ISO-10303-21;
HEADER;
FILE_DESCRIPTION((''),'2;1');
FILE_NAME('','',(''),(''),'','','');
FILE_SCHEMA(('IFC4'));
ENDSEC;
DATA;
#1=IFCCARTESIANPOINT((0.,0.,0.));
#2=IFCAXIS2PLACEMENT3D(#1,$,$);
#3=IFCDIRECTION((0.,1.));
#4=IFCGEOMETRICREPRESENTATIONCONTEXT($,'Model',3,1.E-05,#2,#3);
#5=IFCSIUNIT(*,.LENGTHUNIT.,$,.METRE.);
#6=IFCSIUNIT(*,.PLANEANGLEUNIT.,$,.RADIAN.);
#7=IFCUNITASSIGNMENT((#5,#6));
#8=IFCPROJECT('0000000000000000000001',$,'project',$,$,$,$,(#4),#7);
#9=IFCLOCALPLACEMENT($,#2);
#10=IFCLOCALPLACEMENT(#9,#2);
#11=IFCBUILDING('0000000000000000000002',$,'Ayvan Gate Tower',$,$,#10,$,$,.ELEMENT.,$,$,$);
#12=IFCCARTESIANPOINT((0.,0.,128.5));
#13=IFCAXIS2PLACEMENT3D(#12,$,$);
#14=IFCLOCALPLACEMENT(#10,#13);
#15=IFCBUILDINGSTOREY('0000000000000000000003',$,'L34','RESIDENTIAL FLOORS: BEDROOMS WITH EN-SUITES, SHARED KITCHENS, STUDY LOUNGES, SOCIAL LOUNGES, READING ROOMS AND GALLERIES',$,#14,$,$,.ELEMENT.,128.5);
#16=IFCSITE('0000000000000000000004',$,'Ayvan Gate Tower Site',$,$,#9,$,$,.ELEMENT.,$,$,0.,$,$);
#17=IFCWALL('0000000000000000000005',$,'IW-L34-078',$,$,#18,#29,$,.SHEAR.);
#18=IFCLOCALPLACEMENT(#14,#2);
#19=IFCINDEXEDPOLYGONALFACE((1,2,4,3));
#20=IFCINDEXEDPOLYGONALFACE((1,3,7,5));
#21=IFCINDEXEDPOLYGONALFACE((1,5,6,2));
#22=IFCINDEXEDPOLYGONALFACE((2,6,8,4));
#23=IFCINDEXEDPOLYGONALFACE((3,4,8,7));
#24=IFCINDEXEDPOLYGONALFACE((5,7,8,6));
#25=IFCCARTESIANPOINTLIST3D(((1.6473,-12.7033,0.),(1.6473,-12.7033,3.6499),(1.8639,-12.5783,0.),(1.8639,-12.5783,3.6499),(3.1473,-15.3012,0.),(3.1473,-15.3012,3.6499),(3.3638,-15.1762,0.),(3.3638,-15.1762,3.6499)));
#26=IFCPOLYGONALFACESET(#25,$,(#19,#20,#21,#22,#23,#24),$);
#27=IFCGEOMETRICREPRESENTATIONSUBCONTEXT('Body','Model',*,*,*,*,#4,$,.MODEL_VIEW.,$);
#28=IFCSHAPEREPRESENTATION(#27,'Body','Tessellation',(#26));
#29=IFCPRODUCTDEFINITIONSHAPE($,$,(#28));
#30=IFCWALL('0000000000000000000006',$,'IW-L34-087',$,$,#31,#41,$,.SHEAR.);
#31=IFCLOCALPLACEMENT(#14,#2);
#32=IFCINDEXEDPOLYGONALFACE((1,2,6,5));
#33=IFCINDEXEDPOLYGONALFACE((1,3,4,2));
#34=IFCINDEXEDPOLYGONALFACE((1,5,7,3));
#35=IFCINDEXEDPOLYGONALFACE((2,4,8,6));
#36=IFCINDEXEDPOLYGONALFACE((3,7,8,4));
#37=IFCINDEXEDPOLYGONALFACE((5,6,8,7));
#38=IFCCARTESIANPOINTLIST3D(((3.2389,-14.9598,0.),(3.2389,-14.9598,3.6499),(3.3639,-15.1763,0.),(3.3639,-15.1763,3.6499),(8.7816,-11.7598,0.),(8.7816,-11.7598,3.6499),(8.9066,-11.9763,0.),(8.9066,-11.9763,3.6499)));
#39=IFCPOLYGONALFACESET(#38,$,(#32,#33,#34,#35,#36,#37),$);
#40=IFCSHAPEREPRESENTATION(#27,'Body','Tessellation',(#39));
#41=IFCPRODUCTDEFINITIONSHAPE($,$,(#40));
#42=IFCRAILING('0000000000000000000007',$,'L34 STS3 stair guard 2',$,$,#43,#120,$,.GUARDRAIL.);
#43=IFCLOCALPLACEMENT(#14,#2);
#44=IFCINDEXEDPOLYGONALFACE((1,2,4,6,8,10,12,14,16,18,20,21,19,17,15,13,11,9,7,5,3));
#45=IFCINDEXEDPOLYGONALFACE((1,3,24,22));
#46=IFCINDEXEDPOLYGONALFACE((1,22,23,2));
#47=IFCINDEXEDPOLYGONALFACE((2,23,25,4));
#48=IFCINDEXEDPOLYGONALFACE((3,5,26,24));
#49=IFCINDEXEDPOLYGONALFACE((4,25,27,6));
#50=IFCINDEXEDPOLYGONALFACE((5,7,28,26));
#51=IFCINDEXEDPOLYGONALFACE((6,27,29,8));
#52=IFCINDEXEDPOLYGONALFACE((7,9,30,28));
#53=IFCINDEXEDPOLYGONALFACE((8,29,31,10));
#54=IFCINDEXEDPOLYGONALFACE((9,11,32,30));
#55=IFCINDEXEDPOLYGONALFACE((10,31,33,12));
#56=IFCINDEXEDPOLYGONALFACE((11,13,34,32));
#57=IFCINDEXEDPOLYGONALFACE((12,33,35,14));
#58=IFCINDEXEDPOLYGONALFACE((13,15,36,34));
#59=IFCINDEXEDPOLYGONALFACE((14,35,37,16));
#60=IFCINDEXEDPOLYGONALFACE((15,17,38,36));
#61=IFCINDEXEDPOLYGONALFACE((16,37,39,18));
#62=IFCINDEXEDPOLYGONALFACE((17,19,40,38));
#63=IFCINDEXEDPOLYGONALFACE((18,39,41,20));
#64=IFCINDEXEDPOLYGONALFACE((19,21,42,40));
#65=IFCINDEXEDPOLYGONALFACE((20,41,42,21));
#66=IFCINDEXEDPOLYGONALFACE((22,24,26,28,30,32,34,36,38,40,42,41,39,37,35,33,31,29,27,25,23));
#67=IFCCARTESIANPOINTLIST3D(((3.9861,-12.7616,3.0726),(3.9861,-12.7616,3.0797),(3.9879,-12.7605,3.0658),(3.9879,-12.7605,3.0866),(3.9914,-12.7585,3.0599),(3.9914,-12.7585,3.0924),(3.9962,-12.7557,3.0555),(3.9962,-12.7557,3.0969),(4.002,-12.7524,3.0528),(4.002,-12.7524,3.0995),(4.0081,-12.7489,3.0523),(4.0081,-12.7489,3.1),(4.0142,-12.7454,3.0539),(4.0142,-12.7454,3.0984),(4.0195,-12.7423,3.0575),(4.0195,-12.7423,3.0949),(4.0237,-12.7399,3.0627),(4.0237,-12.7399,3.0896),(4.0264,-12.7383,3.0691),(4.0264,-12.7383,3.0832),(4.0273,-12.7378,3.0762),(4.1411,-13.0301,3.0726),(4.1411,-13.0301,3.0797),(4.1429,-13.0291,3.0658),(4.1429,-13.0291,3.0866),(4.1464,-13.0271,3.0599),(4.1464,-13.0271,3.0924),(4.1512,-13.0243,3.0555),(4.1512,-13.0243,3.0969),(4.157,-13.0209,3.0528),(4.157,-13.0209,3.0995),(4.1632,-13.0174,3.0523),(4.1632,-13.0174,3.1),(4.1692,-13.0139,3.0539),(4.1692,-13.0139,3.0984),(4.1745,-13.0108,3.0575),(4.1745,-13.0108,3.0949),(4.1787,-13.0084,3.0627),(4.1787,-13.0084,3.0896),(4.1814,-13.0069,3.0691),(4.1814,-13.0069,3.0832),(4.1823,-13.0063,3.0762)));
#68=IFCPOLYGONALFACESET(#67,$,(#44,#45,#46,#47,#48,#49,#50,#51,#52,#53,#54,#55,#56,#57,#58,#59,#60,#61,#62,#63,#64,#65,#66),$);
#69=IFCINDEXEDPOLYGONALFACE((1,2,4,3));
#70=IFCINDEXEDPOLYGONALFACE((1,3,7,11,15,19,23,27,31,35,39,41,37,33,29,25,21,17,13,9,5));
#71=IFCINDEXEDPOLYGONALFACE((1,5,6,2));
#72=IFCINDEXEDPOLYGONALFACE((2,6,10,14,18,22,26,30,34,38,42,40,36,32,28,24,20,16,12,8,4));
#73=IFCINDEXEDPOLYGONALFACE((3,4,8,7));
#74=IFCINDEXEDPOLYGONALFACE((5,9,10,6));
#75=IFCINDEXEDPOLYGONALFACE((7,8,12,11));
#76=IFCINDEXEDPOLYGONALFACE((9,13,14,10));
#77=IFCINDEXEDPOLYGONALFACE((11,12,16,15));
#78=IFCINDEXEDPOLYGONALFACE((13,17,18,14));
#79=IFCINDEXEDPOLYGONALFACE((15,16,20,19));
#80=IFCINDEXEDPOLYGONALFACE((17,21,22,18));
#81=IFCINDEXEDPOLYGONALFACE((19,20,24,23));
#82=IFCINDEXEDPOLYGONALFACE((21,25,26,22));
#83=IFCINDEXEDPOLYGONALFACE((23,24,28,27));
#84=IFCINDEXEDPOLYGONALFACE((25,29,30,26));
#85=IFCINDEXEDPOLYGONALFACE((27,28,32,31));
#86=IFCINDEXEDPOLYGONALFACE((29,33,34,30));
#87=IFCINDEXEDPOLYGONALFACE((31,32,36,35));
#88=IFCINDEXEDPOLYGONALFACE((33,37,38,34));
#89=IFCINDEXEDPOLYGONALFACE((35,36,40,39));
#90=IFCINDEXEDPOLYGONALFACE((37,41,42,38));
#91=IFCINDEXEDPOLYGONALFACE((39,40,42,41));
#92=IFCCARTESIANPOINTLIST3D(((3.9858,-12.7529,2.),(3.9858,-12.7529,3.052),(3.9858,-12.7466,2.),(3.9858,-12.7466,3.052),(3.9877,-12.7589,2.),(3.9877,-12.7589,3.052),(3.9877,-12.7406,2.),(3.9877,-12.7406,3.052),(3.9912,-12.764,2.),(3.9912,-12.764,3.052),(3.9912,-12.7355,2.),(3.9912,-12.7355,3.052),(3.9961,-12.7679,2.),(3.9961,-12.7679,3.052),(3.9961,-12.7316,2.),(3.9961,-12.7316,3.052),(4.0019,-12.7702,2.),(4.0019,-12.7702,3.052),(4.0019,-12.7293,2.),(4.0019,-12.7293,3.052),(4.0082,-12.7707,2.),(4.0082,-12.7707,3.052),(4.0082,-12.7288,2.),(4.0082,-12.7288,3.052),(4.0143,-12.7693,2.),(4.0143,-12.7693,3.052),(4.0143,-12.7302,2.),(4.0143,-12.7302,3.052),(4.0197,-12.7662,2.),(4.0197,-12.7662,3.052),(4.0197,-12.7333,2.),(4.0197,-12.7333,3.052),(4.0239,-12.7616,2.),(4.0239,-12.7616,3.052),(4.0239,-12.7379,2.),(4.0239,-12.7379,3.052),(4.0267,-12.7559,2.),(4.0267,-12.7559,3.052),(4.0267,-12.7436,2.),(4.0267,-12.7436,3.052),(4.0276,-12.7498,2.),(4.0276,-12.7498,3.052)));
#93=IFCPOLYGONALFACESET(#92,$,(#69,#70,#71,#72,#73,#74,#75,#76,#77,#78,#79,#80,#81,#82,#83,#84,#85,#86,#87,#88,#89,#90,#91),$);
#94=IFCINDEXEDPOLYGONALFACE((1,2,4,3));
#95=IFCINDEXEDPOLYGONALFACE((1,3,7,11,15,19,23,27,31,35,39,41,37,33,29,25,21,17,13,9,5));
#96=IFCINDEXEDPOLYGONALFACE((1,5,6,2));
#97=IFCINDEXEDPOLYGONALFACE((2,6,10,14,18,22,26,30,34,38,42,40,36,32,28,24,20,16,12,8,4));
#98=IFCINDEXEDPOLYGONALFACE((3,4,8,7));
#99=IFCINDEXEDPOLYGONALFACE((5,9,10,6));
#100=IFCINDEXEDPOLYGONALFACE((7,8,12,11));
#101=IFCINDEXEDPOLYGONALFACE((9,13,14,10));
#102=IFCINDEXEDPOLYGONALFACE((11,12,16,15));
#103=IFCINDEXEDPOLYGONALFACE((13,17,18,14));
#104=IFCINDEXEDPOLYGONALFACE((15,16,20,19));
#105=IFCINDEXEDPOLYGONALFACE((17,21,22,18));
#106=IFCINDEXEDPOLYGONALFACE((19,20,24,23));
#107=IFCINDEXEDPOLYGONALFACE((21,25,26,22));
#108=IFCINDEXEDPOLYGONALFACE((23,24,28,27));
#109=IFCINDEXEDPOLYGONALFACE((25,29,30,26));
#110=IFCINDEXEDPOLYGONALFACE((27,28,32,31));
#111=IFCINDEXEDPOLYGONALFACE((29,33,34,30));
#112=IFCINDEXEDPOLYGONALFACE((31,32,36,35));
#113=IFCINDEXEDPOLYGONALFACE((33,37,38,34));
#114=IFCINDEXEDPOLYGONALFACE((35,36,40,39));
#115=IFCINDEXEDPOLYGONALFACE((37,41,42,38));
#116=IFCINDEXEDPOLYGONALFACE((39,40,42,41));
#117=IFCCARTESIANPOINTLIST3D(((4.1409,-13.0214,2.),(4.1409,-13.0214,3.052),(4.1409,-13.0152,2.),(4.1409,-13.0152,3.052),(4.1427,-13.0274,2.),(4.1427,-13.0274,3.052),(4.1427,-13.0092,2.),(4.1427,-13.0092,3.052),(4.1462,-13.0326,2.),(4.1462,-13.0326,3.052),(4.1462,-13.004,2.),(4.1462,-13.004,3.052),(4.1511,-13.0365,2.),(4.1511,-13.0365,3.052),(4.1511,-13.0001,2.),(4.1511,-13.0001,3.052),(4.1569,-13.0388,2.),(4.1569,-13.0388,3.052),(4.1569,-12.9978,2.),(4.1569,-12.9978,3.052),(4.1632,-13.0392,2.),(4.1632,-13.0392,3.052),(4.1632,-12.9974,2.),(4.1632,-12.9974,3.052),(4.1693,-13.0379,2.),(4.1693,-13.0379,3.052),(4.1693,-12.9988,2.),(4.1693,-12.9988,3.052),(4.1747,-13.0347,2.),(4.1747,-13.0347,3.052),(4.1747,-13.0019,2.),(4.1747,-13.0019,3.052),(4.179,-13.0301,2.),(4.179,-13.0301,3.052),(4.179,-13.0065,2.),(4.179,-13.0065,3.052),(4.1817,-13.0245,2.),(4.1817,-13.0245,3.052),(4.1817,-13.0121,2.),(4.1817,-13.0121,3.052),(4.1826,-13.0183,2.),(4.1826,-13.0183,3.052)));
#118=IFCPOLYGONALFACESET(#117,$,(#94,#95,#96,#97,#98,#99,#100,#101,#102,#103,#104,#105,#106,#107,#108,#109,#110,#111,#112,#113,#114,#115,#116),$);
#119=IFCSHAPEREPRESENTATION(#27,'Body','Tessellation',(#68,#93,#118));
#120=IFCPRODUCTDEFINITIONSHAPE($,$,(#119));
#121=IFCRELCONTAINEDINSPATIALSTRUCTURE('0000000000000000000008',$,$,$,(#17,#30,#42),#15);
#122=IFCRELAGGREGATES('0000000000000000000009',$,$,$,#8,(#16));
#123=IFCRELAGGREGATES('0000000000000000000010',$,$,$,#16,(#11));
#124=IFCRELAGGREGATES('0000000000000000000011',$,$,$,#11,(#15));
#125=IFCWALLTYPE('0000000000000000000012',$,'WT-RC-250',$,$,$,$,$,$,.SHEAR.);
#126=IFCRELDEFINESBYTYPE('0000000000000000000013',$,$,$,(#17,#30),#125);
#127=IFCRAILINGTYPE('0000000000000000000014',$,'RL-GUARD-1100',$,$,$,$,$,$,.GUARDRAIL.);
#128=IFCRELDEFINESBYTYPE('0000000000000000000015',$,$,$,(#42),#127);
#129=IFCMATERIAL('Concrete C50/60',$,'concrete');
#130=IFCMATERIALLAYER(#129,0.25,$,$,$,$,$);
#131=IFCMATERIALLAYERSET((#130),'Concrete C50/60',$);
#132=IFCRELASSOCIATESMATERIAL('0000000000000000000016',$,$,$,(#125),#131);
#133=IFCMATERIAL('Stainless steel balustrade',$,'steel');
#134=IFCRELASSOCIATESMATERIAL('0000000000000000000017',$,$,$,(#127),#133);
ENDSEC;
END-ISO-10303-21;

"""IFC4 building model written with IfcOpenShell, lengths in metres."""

from ifc_helpers import new_model, si_unit, direction, frame, frame_2d, origin, origin_2d, place, context, subcontext, project, spatial, rectangle, circle, extrude, material, layer, layer_set, type_object, element, save


model = new_model("IFC4")

# Units and contexts
model_context = context("Model", 3, precision=1e-05, world=origin(), true_north=direction((0.0, 1.0)))
body_context = subcontext(model_context, "Body", "Model", "MODEL_VIEW")
ifc_project = project(units=[si_unit("LENGTHUNIT", "METRE"), si_unit("PLANEANGLEUNIT", "RADIAN")], contexts=[model_context])

# Site, building, storey
site_placement = place(None, origin())
site = spatial("IfcSite", under=ifc_project, at=site_placement, Name="Ayvan Gate Tower Site", CompositionType="ELEMENT", RefElevation=0.0)
building_placement = place(site_placement, origin())
building = spatial("IfcBuilding", under=site, at=building_placement, Name="Ayvan Gate Tower", CompositionType="ELEMENT")
storey_placement = place(building_placement, frame((0.0, 0.0, 128.5)))
storey = spatial("IfcBuildingStorey", under=building, at=storey_placement, Name="L34", Description="RESIDENTIAL FLOORS: BEDROOMS WITH EN-SUITES, SHARED KITCHENS, STUDY LOUNGES, SOCIAL LOUNGES, READING ROOMS AND GALLERIES", CompositionType="ELEMENT", Elevation=128.5)

# Shared definitions
ifc_material_1 = material(Name="Concrete C50/60", Category="concrete")
ifc_layer_1 = layer(ifc_material_1, 0.25)
ifc_layer_set_1 = layer_set([ifc_layer_1], Name="Concrete C50/60")
wall_type_1 = type_object("IfcWallType", Name="WT-RC-250", PredefinedType="SHEAR", material=ifc_layer_set_1)

# Walls
wall_1_placement = place(storey_placement, frame((3.2556, -15.2388, 0.0), z_axis=(0.0, 0.0, 1.0), x_axis=(-0.500025, 0.866011, 0.0)))
element("IfcWall", 1, at=wall_1_placement, inside=storey, type_object=wall_type_1, Name="IW-L34-078", PredefinedType="SHEAR", context=body_context, shape_type="SweptSolid", body=[
    extrude(rectangle(XDim=2.9998, YDim=0.25, at=frame_2d((1.5, 0.0))), origin(), (0.0, 0.0, 1.0), 3.6499),
])
wall_2_placement = place(storey_placement, frame((3.3013, -15.0681, 0.0), z_axis=(0.0, 0.0, 1.0), x_axis=(0.866035, 0.499983, 0.0)))
element("IfcWall", 2, at=wall_2_placement, inside=storey, type_object=wall_type_1, Name="IW-L34-087", PredefinedType="SHEAR", context=body_context, shape_type="SweptSolid", body=[
    extrude(rectangle(XDim=6.4001, YDim=0.25, at=frame_2d((3.2002, 0.0))), origin(), (0.0, 0.0, 1.0), 3.6499),
])

# Railing
ifc_material_2 = material(Name="Stainless steel balustrade", Category="steel")
railing_type = type_object("IfcRailingType", Name="RL-GUARD-1100", PredefinedType="GUARDRAIL", material=ifc_material_2)
railing_1_placement = place(storey_placement, frame((4.0066, -12.7498, 2.0)))
element("IfcRailing", 3, at=railing_1_placement, inside=storey, type_object=railing_type, Name="L34 STS3 stair guard 2", PredefinedType="GUARDRAIL", context=body_context, shape_type="SweptSolid", body=[
    extrude(circle(Radius=0.0239, at=origin_2d()), frame((0.0, 0.0, 1.0762), z_axis=(0.49995, -0.866054, 0.0), x_axis=(0.866054, 0.49995, 0.0)), (0.0, 0.0, 1.0), 0.3101),
    extrude(circle(Radius=0.021, at=origin_2d()), origin(), (0.0, 0.0, 1.0), 1.052),
    extrude(circle(Radius=0.021, at=origin_2d()), frame((0.155, -0.2686, 0.0)), (0.0, 0.0, 1.0), 1.052),
])

save(model, "model.ifc")
